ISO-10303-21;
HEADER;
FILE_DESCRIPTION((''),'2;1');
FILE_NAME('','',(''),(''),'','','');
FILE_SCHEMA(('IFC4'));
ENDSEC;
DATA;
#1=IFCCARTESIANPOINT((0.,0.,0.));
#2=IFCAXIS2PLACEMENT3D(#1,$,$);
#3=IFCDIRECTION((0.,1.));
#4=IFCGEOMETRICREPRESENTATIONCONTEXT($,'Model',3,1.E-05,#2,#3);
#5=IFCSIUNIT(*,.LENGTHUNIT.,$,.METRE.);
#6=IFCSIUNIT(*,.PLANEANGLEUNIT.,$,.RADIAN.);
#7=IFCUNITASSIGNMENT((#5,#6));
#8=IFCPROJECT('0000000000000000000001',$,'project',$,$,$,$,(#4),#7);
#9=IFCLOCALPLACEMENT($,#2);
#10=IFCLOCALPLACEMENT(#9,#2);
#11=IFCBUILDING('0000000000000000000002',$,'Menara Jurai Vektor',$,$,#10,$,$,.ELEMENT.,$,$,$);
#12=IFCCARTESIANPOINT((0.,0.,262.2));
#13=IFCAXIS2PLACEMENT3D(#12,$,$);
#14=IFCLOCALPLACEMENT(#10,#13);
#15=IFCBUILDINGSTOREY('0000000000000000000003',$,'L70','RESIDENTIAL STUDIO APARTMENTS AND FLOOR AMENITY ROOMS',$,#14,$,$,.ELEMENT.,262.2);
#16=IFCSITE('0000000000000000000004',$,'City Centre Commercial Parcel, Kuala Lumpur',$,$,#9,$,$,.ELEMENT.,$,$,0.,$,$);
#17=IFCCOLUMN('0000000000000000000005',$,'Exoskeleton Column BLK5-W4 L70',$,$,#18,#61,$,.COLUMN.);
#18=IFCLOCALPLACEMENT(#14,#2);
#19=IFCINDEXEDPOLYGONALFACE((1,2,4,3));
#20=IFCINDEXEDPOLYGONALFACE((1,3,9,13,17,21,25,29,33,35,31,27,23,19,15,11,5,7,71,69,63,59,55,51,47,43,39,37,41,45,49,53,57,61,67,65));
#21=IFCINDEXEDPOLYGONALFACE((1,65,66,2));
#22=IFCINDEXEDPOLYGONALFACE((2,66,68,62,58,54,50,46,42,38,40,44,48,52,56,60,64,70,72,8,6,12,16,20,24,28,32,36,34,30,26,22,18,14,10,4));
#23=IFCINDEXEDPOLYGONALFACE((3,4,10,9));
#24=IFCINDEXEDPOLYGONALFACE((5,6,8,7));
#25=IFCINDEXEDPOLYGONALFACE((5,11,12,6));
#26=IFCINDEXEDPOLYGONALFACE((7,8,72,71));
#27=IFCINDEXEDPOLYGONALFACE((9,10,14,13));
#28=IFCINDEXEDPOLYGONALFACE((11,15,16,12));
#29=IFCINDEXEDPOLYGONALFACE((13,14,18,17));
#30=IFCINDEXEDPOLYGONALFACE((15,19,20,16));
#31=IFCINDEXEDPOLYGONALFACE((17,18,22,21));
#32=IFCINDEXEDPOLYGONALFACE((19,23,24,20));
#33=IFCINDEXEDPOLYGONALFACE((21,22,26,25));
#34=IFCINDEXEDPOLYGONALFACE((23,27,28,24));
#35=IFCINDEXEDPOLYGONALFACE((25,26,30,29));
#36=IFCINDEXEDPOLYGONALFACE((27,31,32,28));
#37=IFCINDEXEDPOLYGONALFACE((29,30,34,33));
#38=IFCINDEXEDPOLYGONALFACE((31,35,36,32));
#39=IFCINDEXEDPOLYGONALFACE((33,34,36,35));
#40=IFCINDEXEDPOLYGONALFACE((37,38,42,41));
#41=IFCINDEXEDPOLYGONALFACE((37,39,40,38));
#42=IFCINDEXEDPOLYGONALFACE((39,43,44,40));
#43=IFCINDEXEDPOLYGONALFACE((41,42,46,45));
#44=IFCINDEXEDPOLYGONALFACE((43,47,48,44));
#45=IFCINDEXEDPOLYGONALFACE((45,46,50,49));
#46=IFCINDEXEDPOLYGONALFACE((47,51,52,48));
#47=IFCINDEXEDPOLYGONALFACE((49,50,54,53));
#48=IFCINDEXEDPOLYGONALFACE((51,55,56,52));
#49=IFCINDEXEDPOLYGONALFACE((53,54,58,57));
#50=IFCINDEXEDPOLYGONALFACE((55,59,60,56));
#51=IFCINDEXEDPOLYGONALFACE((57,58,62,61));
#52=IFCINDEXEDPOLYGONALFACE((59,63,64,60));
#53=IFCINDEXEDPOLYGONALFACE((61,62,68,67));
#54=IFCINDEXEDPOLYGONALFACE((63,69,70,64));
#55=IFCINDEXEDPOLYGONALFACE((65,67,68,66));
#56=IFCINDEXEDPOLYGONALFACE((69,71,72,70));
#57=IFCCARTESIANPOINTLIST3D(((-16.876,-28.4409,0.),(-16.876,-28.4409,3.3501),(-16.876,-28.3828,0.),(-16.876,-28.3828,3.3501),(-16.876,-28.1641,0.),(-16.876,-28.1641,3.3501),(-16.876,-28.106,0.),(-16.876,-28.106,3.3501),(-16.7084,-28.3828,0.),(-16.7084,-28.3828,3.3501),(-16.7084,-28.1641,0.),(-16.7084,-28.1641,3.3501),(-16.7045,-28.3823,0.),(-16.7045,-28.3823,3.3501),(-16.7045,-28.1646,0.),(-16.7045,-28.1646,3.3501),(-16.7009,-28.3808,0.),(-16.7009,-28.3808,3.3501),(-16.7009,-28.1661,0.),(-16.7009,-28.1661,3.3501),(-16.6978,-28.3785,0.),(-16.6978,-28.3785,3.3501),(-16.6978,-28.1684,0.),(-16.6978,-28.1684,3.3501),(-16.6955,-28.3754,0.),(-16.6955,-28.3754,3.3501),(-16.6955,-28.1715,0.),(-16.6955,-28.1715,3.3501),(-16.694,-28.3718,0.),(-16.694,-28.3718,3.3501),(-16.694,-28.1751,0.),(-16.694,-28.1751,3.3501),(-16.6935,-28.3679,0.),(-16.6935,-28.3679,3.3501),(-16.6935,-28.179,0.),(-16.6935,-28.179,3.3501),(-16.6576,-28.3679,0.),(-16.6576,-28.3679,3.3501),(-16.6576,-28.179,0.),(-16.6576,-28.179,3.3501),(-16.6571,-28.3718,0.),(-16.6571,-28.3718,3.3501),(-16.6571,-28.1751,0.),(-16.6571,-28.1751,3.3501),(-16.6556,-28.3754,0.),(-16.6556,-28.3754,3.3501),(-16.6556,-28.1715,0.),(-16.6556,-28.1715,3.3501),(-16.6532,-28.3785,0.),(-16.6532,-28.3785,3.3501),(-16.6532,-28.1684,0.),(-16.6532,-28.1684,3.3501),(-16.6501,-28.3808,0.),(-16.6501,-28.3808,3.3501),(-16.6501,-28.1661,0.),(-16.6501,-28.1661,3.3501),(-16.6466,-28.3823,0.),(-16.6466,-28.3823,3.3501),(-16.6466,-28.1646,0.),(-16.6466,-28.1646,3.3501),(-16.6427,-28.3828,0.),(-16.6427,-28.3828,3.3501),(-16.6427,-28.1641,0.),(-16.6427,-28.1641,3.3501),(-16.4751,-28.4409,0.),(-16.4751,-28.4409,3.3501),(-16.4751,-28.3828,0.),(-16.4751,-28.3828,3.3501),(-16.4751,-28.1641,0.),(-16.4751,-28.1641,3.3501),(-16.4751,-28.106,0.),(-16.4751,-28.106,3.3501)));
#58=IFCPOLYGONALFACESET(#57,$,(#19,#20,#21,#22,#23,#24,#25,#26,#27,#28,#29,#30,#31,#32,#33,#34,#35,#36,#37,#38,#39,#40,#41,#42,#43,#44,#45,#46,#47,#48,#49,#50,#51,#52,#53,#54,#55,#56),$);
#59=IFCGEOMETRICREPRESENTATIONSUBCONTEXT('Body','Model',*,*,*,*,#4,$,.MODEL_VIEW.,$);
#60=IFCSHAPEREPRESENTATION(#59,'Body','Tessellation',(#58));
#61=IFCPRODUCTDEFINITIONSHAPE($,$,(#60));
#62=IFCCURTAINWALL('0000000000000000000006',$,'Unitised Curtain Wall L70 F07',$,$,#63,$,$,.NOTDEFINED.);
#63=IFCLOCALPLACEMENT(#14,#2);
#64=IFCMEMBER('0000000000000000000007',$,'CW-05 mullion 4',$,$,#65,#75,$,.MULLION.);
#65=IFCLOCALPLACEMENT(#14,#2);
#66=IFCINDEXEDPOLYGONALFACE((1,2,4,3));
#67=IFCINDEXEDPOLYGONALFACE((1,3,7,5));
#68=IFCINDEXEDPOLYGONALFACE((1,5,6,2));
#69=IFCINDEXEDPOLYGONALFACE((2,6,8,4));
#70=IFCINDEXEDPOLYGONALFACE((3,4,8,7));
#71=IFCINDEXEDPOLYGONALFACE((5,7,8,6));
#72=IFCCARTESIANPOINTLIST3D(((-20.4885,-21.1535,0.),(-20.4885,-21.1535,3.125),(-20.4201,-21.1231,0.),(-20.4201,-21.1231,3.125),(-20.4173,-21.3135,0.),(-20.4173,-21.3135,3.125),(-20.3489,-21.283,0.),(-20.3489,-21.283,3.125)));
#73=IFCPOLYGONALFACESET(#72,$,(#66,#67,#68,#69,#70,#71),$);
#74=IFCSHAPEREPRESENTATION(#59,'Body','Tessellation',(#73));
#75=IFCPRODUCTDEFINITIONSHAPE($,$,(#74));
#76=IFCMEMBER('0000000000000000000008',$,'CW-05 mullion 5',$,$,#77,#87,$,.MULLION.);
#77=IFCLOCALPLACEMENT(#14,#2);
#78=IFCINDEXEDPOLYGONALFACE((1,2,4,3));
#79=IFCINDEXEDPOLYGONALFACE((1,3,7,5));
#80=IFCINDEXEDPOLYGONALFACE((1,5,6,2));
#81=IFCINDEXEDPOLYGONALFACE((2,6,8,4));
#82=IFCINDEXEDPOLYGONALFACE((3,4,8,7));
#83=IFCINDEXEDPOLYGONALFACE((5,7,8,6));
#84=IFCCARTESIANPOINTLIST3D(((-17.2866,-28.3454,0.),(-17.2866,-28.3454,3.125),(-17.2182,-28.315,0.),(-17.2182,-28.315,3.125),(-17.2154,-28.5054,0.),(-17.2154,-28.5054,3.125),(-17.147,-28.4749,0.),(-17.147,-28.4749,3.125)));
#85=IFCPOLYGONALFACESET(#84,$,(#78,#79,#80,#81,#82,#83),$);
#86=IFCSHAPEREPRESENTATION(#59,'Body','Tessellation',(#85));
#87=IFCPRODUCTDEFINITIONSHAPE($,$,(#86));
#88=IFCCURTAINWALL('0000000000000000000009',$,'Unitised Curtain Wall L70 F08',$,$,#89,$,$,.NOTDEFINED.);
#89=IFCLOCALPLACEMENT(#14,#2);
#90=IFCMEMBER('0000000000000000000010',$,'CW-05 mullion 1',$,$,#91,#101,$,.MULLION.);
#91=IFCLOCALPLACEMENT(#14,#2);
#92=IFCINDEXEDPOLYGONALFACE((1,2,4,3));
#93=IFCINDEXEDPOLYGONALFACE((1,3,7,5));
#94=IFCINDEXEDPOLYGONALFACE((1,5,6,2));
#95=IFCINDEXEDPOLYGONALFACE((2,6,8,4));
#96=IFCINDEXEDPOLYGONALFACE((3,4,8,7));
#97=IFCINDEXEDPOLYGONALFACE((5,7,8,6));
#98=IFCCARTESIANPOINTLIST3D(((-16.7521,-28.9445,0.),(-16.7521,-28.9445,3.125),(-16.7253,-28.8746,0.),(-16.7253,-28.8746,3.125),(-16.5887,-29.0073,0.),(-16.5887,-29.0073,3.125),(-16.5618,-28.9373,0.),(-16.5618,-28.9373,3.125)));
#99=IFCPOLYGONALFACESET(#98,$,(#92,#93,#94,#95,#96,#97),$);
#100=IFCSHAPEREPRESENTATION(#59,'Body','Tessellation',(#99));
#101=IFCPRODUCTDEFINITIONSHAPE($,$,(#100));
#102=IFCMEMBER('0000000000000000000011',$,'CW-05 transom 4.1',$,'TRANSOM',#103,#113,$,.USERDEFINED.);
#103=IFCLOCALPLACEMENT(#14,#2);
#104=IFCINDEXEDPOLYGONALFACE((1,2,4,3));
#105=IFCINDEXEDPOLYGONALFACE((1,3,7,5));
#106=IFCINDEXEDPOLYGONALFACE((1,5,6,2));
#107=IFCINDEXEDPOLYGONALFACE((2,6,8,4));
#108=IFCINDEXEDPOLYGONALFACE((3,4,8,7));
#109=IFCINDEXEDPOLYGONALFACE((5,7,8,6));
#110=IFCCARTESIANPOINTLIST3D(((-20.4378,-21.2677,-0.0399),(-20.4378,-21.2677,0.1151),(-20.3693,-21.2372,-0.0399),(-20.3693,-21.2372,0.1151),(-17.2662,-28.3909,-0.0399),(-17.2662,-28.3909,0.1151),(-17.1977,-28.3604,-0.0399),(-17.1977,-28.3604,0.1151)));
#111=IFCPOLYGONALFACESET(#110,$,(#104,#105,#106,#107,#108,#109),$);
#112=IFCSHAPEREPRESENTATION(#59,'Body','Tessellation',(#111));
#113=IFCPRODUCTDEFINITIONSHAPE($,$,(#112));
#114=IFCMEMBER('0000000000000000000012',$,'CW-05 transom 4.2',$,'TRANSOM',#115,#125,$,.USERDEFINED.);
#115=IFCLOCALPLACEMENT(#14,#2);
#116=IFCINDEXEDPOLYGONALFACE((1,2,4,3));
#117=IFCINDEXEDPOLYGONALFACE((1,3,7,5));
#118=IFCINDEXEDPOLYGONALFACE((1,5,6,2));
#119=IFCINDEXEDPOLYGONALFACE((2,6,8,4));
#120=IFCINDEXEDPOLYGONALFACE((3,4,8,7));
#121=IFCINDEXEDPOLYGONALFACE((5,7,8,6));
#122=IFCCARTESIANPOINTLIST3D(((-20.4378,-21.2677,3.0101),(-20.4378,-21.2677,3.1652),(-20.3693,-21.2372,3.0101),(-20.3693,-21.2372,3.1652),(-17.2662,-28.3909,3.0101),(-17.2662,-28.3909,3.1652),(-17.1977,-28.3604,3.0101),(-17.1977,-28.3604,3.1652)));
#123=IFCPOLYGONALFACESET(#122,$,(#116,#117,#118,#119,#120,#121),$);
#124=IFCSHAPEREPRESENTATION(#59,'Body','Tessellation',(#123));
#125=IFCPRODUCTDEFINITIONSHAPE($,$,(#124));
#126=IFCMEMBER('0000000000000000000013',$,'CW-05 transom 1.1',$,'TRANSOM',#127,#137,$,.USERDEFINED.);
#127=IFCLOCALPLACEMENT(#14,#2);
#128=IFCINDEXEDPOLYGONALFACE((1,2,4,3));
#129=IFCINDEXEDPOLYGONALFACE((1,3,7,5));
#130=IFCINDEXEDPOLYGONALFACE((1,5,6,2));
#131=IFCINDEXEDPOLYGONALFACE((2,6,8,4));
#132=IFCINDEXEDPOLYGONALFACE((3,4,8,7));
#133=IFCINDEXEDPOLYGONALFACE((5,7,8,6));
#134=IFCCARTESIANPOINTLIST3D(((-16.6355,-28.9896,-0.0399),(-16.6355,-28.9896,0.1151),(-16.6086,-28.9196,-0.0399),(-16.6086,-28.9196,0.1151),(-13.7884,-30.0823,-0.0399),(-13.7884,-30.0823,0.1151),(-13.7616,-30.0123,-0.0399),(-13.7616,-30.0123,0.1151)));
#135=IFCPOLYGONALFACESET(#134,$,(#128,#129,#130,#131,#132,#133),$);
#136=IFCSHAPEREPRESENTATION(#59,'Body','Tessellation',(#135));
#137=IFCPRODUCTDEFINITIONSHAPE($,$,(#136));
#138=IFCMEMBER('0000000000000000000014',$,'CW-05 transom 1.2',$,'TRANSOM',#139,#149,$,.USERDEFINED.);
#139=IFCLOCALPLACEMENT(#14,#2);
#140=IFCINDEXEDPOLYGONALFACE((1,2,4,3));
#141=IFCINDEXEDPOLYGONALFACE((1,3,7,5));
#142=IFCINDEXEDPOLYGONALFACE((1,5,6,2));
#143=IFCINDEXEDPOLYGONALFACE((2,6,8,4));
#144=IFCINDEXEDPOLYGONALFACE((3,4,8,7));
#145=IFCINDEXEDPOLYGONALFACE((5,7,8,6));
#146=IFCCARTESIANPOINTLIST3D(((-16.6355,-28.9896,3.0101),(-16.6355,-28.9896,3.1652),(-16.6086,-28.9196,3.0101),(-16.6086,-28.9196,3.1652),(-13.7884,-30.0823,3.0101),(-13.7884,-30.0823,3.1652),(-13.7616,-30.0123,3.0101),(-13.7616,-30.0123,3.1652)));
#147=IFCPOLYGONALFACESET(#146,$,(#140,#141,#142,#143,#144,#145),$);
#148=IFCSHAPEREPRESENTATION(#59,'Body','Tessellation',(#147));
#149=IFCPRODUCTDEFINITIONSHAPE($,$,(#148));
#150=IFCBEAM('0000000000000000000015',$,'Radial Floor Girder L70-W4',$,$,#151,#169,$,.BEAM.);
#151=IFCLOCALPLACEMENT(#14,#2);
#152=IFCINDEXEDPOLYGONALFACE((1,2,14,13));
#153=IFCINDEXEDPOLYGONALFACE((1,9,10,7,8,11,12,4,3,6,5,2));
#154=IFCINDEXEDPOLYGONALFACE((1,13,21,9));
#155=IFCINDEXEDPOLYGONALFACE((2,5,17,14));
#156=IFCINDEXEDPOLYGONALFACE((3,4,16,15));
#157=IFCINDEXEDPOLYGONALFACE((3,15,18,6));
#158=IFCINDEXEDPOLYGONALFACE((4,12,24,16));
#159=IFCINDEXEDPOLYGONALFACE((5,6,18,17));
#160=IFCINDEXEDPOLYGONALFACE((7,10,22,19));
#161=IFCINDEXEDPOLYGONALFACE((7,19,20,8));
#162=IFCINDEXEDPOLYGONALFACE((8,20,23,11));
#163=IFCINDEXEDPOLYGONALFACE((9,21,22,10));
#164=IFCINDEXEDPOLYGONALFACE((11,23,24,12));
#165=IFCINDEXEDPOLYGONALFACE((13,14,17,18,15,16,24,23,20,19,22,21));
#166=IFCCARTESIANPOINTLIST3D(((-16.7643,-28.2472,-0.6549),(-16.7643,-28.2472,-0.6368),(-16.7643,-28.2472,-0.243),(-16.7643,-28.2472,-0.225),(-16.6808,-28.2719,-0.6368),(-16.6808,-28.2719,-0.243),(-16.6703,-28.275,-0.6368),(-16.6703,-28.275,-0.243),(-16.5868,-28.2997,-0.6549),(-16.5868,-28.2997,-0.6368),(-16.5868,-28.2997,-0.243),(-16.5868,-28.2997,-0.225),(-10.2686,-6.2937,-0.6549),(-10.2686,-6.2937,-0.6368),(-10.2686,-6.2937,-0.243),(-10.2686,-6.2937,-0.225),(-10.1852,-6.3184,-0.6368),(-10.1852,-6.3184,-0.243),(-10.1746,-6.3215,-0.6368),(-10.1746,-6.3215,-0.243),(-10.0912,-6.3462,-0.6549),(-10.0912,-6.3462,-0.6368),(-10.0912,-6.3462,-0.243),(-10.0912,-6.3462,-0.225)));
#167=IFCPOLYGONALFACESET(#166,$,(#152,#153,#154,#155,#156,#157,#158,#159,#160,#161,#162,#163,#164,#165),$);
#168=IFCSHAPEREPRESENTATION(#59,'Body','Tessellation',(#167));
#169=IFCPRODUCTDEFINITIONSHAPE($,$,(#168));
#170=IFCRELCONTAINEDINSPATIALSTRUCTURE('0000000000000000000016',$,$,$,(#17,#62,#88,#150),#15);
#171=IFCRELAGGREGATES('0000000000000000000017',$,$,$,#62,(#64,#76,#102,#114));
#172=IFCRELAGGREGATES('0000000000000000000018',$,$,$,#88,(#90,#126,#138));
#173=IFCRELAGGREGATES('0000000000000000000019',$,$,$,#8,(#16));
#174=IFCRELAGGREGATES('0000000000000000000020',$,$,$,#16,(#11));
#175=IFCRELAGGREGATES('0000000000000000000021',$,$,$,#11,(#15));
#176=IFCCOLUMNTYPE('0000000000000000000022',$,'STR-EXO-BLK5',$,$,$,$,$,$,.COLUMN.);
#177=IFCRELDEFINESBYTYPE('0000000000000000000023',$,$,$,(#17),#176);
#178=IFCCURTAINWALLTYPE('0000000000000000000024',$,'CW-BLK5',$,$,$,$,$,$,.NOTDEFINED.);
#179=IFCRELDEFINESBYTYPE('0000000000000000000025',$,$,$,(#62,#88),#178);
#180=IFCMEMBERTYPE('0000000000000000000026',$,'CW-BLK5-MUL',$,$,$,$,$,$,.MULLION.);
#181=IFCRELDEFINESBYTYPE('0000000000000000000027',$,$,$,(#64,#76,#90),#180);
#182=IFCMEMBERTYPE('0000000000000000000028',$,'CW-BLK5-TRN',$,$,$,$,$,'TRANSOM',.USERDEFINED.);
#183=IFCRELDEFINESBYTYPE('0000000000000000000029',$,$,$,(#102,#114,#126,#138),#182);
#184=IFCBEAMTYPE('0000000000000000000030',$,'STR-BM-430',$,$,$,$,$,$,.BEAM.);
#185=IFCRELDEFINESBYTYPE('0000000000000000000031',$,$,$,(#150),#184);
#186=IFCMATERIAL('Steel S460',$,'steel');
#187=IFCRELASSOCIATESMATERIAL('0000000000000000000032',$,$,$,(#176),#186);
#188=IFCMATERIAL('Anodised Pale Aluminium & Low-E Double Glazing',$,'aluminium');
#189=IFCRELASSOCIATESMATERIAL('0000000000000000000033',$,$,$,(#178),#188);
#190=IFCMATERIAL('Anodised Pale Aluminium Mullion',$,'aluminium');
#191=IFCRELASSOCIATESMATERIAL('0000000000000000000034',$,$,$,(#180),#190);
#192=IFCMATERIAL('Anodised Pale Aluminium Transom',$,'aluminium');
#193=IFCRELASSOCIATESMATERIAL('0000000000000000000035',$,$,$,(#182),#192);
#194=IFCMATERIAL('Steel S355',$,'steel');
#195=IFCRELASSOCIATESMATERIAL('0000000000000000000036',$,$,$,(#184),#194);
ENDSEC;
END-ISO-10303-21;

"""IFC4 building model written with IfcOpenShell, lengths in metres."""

from ifc_helpers import new_model, si_unit, direction, frame, origin, origin_2d, place, context, subcontext, project, spatial, rectangle, i_section, extrude, material, material_profile, profile_set, type_object, element, aggregate, save


model = new_model("IFC4")

# Units and contexts
model_context = context("Model", 3, precision=1e-05, world=origin(), true_north=direction((0.0, 1.0)))
body_context = subcontext(model_context, "Body", "Model", "MODEL_VIEW")
ifc_project = project(units=[si_unit("LENGTHUNIT", "METRE"), si_unit("PLANEANGLEUNIT", "RADIAN")], contexts=[model_context])

# Site, building, storey
site_placement = place(None, origin())
site = spatial("IfcSite", under=ifc_project, at=site_placement, Name="City Centre Commercial Parcel, Kuala Lumpur", CompositionType="ELEMENT", RefElevation=0.0)
building_placement = place(site_placement, origin())
building = spatial("IfcBuilding", under=site, at=building_placement, Name="Menara Jurai Vektor", CompositionType="ELEMENT")
storey_placement = place(building_placement, frame((0.0, 0.0, 262.2)))
storey = spatial("IfcBuildingStorey", under=building, at=storey_placement, Name="L70", Description="RESIDENTIAL STUDIO APARTMENTS AND FLOOR AMENITY ROOMS", CompositionType="ELEMENT", Elevation=262.2)

# Column
ifc_material_1 = material(Name="Steel S460", Category="steel")
ifc_material_profile_1 = material_profile(ifc_material_1, i_section(OverallWidth=0.4009, OverallDepth=0.335, WebThickness=0.0359, FlangeThickness=0.0581, FilletRadius=0.0149, at=origin_2d()), Name="HD 400x463")
ifc_profile_set_1 = profile_set([ifc_material_profile_1], Name="Steel S460")
column_type = type_object("IfcColumnType", Name="STR-EXO-BLK5", PredefinedType="COLUMN", material=ifc_profile_set_1)
column_placement = place(storey_placement, frame((-16.6755, -28.2734, 0.0), z_axis=(0.0, 0.0, 1.0), x_axis=(1.0, 0.0, 0.0)))
element("IfcColumn", 1, at=column_placement, inside=storey, type_object=column_type, Name="Exoskeleton Column BLK5-W4 L70", PredefinedType="COLUMN", context=body_context, shape_type="SweptSolid", body=[
    extrude(i_section(OverallWidth=0.4009, OverallDepth=0.335, WebThickness=0.0359, FlangeThickness=0.0581, FilletRadius=0.0149, at=origin_2d()), origin(), (0.0, 0.0, 1.0), 3.3501),
])

# Curtain wall, members
ifc_material_2 = material(Name="Anodised Pale Aluminium & Low-E Double Glazing", Category="aluminium")
curtain_wall_type = type_object("IfcCurtainWallType", Name="CW-BLK5", PredefinedType="NOTDEFINED", material=ifc_material_2)
curtain_wall_1_placement = place(storey_placement, origin())
curtain_wall_1 = element("IfcCurtainWall", 2, at=curtain_wall_1_placement, inside=storey, type_object=curtain_wall_type, Name="Unitised Curtain Wall L70 F07", PredefinedType="NOTDEFINED")
ifc_material_3 = material(Name="Anodised Pale Aluminium Mullion", Category="aluminium")
ifc_material_profile_2 = material_profile(ifc_material_3, rectangle(XDim=0.075, YDim=0.175, at=origin_2d()), Name="ALU MUL 75x175")
ifc_profile_set_2 = profile_set([ifc_material_profile_2], Name="Anodised Pale Aluminium Mullion")
member_type_1 = type_object("IfcMemberType", Name="CW-BLK5-MUL", PredefinedType="MULLION", material=ifc_profile_set_2)
member_1_placement = place(storey_placement, frame((-20.4187, -21.2183, 0.0), z_axis=(0.0, 0.0, 1.0), x_axis=(0.913546, 0.406735, 0.0)))
member_1 = element("IfcMember", 3, at=member_1_placement, type_object=member_type_1, Name="CW-05 mullion 4", PredefinedType="MULLION", context=body_context, shape_type="SweptSolid", body=[
    extrude(rectangle(XDim=0.075, YDim=0.175, at=origin_2d()), origin(), (0.0, 0.0, 1.0), 3.125),
])
member_2_placement = place(storey_placement, frame((-17.2168, -28.4102, 0.0), z_axis=(0.0, 0.0, 1.0), x_axis=(0.913546, 0.406735, 0.0)))
member_2 = element("IfcMember", 4, at=member_2_placement, type_object=member_type_1, Name="CW-05 mullion 5", PredefinedType="MULLION", context=body_context, shape_type="SweptSolid", body=[
    extrude(rectangle(XDim=0.075, YDim=0.175, at=origin_2d()), origin(), (0.0, 0.0, 1.0), 3.125),
])

# Curtain wall, member
curtain_wall_2_placement = place(storey_placement, origin())
curtain_wall_2 = element("IfcCurtainWall", 5, at=curtain_wall_2_placement, inside=storey, type_object=curtain_wall_type, Name="Unitised Curtain Wall L70 F08", PredefinedType="NOTDEFINED")
member_3_placement = place(storey_placement, frame((-16.657, -28.9409, 0.0), z_axis=(0.0, 0.0, 1.0), x_axis=(0.358374, 0.933578, 0.0)))
member_3 = element("IfcMember", 6, at=member_3_placement, type_object=member_type_1, Name="CW-05 mullion 1", PredefinedType="MULLION", context=body_context, shape_type="SweptSolid", body=[
    extrude(rectangle(XDim=0.075, YDim=0.175, at=origin_2d()), origin(), (0.0, 0.0, 1.0), 3.125),
])

# Members
ifc_material_4 = material(Name="Anodised Pale Aluminium Transom", Category="aluminium")
ifc_material_profile_3 = material_profile(ifc_material_4, rectangle(XDim=0.075, YDim=0.155, at=origin_2d()), Name="ALU TRN 75x155")
ifc_profile_set_3 = profile_set([ifc_material_profile_3], Name="Anodised Pale Aluminium Transom")
member_type_2 = type_object("IfcMemberType", Name="CW-BLK5-TRN", ElementType="TRANSOM", PredefinedType="USERDEFINED", material=ifc_profile_set_3)
member_4_placement = place(storey_placement, frame((-20.4036, -21.2524, 0.0376), z_axis=(0.406751, -0.913539, 0.0), x_axis=(0.913539, 0.406751, 0.0)))
member_4 = element("IfcMember", 7, at=member_4_placement, type_object=member_type_2, Name="CW-05 transom 4.1", ObjectType="TRANSOM", PredefinedType="USERDEFINED", context=body_context, shape_type="SweptSolid", body=[
    extrude(rectangle(XDim=0.075, YDim=0.155, at=origin_2d()), origin(), (0.0, 0.0, 1.0), 7.7974),
])
member_5_placement = place(storey_placement, frame((-20.4036, -21.2524, 3.0876), z_axis=(0.406751, -0.913539, 0.0), x_axis=(0.913539, 0.406751, 0.0)))
member_5 = element("IfcMember", 8, at=member_5_placement, type_object=member_type_2, Name="CW-05 transom 4.2", ObjectType="TRANSOM", PredefinedType="USERDEFINED", context=body_context, shape_type="SweptSolid", body=[
    extrude(rectangle(XDim=0.075, YDim=0.155, at=origin_2d()), origin(), (0.0, 0.0, 1.0), 7.7974),
])
member_6_placement = place(storey_placement, frame((-16.6221, -28.9546, 0.0376), z_axis=(0.933597, -0.358325, 0.0), x_axis=(0.358325, 0.933597, 0.0)))
member_6 = element("IfcMember", 9, at=member_6_placement, type_object=member_type_2, Name="CW-05 transom 1.1", ObjectType="TRANSOM", PredefinedType="USERDEFINED", context=body_context, shape_type="SweptSolid", body=[
    extrude(rectangle(XDim=0.075, YDim=0.155, at=origin_2d()), origin(), (0.0, 0.0, 1.0), 3.0496),
])
member_7_placement = place(storey_placement, frame((-16.6221, -28.9546, 3.0876), z_axis=(0.933597, -0.358325, 0.0), x_axis=(0.358325, 0.933597, 0.0)))
member_7 = element("IfcMember", 10, at=member_7_placement, type_object=member_type_2, Name="CW-05 transom 1.2", ObjectType="TRANSOM", PredefinedType="USERDEFINED", context=body_context, shape_type="SweptSolid", body=[
    extrude(rectangle(XDim=0.075, YDim=0.155, at=origin_2d()), origin(), (0.0, 0.0, 1.0), 3.0496),
])

# Beam
ifc_material_5 = material(Name="Steel S355", Category="steel")
ifc_material_profile_4 = material_profile(ifc_material_5, i_section(OverallWidth=0.1851, OverallDepth=0.4299, WebThickness=0.011, FlangeThickness=0.0181, at=origin_2d()), Name="PG 430x185x76")
ifc_profile_set_4 = profile_set([ifc_material_profile_4], Name="Steel S355")
beam_type_1 = type_object("IfcBeamType", Name="STR-BM-430", PredefinedType="BEAM", material=ifc_profile_set_4)
beam_1_placement = place(storey_placement, frame((-16.6755, -28.2734, -0.4399), z_axis=(0.283723, 0.958906, 0.0), x_axis=(-0.958906, 0.283723, 0.0)))
element("IfcBeam", 11, at=beam_1_placement, inside=storey, type_object=beam_type_1, Name="Radial Floor Girder L70-W4", PredefinedType="BEAM", context=body_context, shape_type="SweptSolid", body=[
    extrude(i_section(OverallWidth=0.1851, OverallDepth=0.4299, WebThickness=0.011, FlangeThickness=0.0181, at=origin_2d()), origin(), (0.0, 0.0, 1.0), 22.8943),
])

aggregate(curtain_wall_1, [member_1, member_2, member_4, member_5])
aggregate(curtain_wall_2, [member_3, member_6, member_7])

save(model, "model.ifc")
